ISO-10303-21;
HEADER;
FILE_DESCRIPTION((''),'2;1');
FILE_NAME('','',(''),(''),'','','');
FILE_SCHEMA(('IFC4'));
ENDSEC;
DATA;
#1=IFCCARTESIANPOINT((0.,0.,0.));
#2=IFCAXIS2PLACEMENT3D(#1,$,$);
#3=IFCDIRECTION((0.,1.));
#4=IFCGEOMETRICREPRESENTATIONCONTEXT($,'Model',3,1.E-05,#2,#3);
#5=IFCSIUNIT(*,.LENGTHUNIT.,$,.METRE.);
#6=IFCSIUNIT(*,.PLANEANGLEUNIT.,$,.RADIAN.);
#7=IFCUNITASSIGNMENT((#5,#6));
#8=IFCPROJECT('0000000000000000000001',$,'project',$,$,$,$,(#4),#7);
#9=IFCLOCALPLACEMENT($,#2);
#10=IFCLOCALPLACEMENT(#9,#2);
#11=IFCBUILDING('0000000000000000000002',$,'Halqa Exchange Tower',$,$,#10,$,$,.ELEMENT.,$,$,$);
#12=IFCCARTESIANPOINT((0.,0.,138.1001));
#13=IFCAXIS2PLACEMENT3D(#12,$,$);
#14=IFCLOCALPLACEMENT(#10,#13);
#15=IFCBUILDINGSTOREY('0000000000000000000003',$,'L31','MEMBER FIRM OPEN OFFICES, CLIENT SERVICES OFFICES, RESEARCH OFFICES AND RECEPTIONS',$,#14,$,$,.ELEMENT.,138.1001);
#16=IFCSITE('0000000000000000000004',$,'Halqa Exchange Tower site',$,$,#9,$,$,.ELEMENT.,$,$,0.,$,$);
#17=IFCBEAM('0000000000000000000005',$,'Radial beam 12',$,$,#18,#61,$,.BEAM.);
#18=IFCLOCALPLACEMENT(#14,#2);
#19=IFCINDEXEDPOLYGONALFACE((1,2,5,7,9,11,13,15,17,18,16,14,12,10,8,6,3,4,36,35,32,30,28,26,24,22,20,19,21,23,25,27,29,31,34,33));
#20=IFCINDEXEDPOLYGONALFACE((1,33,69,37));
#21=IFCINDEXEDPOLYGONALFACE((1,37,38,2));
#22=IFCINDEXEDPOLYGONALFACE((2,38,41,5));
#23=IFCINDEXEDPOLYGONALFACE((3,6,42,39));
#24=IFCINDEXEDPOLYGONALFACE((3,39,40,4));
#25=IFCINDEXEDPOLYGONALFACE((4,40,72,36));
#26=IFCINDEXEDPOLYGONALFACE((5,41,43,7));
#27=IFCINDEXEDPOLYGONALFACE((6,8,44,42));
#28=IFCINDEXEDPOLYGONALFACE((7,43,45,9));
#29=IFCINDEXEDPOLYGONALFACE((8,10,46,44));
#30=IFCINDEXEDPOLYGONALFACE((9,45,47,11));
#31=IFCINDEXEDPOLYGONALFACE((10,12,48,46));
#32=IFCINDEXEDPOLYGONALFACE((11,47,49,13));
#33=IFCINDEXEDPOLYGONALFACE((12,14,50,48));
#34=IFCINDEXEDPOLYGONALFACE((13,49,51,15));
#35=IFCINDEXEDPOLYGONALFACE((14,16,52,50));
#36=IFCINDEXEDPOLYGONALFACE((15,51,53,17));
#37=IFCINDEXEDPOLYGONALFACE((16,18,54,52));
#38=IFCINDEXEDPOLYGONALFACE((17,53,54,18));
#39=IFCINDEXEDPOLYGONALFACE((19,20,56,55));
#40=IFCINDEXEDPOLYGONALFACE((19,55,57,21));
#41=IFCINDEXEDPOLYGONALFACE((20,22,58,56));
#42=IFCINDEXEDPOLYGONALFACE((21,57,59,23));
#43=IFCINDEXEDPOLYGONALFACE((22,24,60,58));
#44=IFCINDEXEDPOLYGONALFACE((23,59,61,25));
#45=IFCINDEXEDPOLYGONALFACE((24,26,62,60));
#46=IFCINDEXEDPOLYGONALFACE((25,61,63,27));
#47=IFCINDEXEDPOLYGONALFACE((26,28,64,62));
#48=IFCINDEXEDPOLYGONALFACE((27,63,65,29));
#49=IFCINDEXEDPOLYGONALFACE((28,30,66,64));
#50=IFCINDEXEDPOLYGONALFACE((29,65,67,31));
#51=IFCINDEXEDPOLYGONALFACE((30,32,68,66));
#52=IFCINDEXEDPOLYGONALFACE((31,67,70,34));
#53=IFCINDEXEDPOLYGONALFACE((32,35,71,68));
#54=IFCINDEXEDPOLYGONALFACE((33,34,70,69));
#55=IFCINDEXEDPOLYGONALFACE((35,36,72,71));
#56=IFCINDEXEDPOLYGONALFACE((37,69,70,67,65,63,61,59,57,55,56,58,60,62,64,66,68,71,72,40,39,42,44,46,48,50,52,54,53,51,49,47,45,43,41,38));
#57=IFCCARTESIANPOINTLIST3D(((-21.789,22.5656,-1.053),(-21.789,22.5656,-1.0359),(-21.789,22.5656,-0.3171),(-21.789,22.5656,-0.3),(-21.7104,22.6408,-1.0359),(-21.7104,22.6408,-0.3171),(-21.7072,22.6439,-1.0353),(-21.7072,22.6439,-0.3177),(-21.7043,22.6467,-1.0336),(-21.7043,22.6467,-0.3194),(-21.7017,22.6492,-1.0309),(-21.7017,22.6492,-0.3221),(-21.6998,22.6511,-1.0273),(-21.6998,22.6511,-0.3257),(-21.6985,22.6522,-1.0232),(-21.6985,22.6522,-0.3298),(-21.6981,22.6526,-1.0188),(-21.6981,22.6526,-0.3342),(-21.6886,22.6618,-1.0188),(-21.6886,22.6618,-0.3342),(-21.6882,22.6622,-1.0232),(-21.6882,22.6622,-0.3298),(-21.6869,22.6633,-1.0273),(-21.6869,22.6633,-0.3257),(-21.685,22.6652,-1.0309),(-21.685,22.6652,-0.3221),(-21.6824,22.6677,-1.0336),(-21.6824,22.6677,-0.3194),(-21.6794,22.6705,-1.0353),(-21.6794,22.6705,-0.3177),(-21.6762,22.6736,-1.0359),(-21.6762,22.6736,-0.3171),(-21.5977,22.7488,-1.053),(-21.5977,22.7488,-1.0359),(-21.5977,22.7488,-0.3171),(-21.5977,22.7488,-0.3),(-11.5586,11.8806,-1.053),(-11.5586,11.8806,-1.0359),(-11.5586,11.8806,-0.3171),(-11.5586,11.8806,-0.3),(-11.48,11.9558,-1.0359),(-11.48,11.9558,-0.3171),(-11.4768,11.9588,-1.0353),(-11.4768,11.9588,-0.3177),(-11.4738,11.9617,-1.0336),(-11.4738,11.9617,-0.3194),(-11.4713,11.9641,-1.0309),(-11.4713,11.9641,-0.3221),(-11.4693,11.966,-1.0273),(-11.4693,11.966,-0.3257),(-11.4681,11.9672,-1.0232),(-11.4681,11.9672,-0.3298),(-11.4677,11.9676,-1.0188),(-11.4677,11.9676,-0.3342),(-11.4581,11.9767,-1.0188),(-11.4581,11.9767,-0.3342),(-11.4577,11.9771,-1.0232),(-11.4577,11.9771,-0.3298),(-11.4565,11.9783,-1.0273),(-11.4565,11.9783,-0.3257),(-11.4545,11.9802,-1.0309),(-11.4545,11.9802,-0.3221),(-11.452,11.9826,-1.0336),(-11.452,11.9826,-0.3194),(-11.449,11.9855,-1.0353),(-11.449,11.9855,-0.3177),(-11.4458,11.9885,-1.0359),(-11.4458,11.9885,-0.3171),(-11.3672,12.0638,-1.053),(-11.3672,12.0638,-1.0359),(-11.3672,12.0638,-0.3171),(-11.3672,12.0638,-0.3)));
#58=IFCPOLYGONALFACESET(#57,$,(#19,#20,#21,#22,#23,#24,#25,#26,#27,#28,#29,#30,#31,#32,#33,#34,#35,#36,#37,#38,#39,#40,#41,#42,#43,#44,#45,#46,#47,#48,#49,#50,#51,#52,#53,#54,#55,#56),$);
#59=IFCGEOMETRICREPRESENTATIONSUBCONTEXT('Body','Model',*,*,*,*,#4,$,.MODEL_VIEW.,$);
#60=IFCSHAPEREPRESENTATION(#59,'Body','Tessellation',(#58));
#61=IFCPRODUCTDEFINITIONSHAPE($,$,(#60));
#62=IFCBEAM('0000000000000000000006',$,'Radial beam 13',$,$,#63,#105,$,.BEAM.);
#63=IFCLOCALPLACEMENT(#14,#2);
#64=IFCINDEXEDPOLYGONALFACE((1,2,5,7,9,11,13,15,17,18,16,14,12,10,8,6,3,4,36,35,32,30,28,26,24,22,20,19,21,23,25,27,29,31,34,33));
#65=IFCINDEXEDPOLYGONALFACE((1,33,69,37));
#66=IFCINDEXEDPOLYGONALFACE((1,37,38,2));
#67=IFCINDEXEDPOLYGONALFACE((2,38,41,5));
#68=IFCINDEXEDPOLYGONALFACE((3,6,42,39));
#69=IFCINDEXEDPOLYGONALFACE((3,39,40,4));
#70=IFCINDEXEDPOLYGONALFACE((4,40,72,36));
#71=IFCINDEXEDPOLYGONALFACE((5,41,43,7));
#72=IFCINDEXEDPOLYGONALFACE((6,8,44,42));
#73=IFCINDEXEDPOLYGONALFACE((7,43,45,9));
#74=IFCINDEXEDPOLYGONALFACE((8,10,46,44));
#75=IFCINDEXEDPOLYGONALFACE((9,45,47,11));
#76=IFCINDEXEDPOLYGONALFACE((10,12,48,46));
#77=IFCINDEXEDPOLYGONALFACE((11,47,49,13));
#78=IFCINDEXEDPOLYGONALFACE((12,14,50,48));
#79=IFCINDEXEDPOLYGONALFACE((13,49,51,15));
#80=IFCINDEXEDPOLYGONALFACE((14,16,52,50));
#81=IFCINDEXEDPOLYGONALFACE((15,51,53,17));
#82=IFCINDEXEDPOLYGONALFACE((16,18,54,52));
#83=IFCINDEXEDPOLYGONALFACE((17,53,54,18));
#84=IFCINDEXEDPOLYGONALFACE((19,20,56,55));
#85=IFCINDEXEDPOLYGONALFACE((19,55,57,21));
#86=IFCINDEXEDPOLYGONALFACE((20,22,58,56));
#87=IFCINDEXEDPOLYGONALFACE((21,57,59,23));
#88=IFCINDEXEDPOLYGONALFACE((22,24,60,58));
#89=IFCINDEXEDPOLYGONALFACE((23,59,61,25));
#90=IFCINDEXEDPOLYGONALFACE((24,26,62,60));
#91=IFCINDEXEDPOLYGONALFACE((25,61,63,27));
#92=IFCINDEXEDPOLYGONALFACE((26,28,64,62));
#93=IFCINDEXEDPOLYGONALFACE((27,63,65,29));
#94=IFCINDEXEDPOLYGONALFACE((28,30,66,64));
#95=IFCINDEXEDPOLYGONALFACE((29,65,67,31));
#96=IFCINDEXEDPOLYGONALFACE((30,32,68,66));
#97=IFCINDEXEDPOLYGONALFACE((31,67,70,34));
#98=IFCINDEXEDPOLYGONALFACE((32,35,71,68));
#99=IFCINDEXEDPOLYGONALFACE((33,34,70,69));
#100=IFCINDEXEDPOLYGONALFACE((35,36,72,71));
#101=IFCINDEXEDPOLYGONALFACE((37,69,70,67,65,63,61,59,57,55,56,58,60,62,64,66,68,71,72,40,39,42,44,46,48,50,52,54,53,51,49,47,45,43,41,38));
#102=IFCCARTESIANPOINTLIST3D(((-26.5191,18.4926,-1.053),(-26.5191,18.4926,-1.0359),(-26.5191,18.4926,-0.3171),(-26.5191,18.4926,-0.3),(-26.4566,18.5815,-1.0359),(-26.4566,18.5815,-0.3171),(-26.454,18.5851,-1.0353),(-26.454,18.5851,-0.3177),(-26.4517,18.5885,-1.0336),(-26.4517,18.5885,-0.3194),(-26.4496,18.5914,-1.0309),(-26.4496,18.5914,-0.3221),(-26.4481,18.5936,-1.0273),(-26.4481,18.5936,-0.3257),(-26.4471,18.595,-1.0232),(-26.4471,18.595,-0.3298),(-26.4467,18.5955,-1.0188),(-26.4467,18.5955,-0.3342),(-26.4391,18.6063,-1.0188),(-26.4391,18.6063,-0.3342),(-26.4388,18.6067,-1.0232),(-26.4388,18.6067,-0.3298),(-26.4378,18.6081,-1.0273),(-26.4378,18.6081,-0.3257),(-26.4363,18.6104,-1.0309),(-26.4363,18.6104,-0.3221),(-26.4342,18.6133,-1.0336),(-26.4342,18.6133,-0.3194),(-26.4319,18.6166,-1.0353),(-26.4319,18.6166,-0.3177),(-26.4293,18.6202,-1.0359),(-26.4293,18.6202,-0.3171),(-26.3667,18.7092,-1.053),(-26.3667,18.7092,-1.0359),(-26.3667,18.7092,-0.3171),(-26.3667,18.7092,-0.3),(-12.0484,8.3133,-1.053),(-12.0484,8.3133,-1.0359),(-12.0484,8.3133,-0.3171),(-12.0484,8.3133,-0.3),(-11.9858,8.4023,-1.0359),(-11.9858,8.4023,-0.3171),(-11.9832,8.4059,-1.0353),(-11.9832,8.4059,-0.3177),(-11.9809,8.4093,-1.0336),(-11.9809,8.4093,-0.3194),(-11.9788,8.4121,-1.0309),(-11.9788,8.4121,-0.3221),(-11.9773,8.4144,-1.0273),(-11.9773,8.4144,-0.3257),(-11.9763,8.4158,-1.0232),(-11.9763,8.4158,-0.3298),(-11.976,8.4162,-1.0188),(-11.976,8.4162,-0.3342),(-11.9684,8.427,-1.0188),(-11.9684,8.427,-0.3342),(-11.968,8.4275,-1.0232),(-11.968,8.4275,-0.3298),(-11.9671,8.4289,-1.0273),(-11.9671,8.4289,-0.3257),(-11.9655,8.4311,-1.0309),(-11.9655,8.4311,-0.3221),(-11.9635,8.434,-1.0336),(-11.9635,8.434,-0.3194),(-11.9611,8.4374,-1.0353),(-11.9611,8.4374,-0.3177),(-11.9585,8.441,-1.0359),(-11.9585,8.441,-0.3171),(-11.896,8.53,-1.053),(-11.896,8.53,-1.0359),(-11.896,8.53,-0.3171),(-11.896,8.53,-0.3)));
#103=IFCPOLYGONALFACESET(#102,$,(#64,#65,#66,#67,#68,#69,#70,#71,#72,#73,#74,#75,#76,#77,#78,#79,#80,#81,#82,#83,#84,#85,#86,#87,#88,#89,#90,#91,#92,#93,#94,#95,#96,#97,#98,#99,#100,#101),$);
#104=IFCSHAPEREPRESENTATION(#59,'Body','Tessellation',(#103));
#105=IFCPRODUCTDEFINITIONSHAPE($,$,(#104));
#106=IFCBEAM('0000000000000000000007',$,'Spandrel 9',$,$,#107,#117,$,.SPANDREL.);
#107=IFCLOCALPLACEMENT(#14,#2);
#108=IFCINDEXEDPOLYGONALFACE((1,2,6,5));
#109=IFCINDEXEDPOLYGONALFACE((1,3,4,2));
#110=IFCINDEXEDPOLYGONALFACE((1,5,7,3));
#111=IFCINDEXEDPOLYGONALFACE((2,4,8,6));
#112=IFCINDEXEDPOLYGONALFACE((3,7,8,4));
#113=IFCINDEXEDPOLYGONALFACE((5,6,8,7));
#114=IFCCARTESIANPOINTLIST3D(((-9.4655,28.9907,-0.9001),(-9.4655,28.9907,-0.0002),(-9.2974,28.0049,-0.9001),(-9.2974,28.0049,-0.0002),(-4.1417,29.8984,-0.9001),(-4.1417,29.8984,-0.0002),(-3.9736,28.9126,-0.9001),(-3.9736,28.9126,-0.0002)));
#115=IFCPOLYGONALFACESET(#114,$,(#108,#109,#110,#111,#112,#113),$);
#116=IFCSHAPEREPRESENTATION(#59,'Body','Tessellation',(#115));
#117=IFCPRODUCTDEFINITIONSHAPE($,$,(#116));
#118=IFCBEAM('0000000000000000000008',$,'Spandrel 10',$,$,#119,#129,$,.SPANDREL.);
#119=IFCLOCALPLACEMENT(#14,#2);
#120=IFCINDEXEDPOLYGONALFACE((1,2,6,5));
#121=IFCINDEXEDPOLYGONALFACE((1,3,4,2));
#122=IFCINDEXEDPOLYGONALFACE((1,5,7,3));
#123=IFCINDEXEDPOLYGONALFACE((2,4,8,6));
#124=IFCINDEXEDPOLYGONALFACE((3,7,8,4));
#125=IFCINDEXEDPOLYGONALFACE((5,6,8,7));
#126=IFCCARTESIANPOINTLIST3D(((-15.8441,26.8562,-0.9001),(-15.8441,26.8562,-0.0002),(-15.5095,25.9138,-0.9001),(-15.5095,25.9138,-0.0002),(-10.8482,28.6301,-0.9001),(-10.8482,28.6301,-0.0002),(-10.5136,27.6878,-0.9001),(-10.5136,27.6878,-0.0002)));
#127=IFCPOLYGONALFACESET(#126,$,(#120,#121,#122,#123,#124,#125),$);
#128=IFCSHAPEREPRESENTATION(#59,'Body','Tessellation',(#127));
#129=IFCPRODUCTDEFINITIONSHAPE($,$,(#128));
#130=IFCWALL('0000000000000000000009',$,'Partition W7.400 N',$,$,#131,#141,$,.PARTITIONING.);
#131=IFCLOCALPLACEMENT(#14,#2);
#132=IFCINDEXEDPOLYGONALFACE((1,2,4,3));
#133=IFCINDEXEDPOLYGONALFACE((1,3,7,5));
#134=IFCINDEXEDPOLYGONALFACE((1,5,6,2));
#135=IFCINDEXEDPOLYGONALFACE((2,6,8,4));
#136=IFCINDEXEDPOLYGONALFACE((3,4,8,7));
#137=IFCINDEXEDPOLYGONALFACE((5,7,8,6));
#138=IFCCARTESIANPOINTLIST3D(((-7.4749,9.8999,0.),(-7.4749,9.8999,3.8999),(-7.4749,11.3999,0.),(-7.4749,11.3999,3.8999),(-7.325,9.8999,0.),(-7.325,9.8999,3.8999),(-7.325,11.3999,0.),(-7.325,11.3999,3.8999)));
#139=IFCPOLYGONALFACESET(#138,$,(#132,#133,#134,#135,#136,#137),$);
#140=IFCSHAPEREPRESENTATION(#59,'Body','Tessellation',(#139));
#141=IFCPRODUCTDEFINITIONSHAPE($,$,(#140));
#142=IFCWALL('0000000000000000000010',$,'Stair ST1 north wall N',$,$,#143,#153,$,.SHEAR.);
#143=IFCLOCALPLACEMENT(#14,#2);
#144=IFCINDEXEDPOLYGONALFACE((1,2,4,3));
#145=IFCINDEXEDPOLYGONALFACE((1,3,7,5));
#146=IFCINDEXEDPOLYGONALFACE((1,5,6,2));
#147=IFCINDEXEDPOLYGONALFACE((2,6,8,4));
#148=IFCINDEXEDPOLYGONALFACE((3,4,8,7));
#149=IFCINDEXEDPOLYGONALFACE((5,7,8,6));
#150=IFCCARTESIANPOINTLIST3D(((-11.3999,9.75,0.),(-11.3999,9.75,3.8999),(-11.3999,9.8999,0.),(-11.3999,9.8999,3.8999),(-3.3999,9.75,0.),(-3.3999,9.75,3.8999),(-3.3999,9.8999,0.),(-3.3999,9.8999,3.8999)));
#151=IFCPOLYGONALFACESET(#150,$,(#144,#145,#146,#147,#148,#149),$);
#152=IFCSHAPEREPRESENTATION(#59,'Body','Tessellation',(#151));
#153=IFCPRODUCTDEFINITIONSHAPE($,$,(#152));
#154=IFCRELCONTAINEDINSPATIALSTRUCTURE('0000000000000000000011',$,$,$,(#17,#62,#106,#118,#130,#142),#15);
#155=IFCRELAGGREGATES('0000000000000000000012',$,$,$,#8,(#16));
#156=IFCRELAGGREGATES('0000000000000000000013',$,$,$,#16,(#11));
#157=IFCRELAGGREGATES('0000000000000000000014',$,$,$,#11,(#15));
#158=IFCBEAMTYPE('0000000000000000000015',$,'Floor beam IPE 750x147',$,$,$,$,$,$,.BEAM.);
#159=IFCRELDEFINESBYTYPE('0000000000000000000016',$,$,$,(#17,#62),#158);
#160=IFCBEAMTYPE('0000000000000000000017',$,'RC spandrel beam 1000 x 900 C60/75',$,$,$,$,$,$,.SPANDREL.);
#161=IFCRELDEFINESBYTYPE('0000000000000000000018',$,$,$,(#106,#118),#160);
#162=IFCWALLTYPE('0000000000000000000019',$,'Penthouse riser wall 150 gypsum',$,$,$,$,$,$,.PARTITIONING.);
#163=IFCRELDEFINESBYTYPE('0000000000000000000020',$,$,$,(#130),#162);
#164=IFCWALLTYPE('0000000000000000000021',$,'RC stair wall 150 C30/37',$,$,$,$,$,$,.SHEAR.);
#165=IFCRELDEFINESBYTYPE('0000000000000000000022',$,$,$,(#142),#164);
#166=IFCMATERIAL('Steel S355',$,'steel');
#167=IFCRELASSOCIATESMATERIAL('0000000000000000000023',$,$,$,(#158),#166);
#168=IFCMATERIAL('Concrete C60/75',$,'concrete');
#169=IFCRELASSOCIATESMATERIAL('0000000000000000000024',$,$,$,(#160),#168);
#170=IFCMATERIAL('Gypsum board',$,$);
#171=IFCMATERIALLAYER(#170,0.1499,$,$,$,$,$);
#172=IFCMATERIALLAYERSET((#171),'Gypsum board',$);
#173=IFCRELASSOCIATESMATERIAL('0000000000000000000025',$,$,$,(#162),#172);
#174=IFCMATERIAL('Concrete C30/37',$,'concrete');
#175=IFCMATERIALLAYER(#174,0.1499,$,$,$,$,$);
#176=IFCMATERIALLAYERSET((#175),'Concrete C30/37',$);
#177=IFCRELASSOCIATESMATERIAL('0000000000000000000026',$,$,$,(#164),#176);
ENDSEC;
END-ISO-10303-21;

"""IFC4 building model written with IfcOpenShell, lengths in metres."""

from ifc_helpers import new_model, si_unit, direction, frame, frame_2d, origin, origin_2d, place, context, subcontext, project, spatial, rectangle, i_section, extrude, material, layer, layer_set, material_profile, profile_set, type_object, element, save


model = new_model("IFC4")

# Units and contexts
model_context = context("Model", 3, precision=1e-05, world=origin(), true_north=direction((0.0, 1.0)))
body_context = subcontext(model_context, "Body", "Model", "MODEL_VIEW")
ifc_project = project(units=[si_unit("LENGTHUNIT", "METRE"), si_unit("PLANEANGLEUNIT", "RADIAN")], contexts=[model_context])

# Site, building, storey
site_placement = place(None, origin())
site = spatial("IfcSite", under=ifc_project, at=site_placement, Name="Halqa Exchange Tower site", CompositionType="ELEMENT", RefElevation=0.0)
building_placement = place(site_placement, origin())
building = spatial("IfcBuilding", under=site, at=building_placement, Name="Halqa Exchange Tower", CompositionType="ELEMENT")
storey_placement = place(building_placement, frame((0.0, 0.0, 138.1001)))
storey = spatial("IfcBuildingStorey", under=building, at=storey_placement, Name="L31", Description="MEMBER FIRM OPEN OFFICES, CLIENT SERVICES OFFICES, RESEARCH OFFICES AND RECEPTIONS", CompositionType="ELEMENT", Elevation=138.1001)

# Beams
ifc_material_1 = material(Name="Steel S355", Category="steel")
ifc_material_profile_1 = material_profile(ifc_material_1, i_section(OverallWidth=0.2649, OverallDepth=0.7529, WebThickness=0.0132, FlangeThickness=0.0171, FilletRadius=0.0171, at=origin_2d()), Name="IPE 750x147")
ifc_profile_set_1 = profile_set([ifc_material_profile_1], Name="Steel S355")
beam_type_1 = type_object("IfcBeamType", Name="Floor beam IPE 750x147", PredefinedType="BEAM", material=ifc_profile_set_1)
beam_1_placement = place(storey_placement, frame((-11.4629, 11.9722, -0.6765), z_axis=(-0.691575, 0.722305, 0.0), x_axis=(-0.722305, -0.691575, 0.0)))
element("IfcBeam", 1, at=beam_1_placement, inside=storey, type_object=beam_type_1, Name="Radial beam 12", PredefinedType="BEAM", context=body_context, shape_type="SweptSolid", body=[
    extrude(i_section(OverallWidth=0.2649, OverallDepth=0.7529, WebThickness=0.0132, FlangeThickness=0.0171, FilletRadius=0.0171, at=origin_2d()), origin(), (0.0, 0.0, 1.0), 14.793),
])
beam_2_placement = place(storey_placement, frame((-11.9722, 8.4216, -0.6765), z_axis=(-0.81791, 0.575346, 0.0), x_axis=(-0.575346, -0.81791, 0.0)))
element("IfcBeam", 2, at=beam_2_placement, inside=storey, type_object=beam_type_1, Name="Radial beam 13", PredefinedType="BEAM", context=body_context, shape_type="SweptSolid", body=[
    extrude(i_section(OverallWidth=0.2649, OverallDepth=0.7529, WebThickness=0.0132, FlangeThickness=0.0171, FilletRadius=0.0171, at=origin_2d()), origin(), (0.0, 0.0, 1.0), 17.6924),
])
ifc_material_2 = material(Name="Concrete C60/75", Category="concrete")
ifc_material_profile_2 = material_profile(ifc_material_2, rectangle(XDim=1.0, YDim=0.8999, at=origin_2d()), Name="1000 x 900")
ifc_profile_set_2 = profile_set([ifc_material_profile_2], Name="Concrete C60/75")
beam_type_2 = type_object("IfcBeamType", Name="RC spandrel beam 1000 x 900 C60/75", PredefinedType="SPANDREL", material=ifc_profile_set_2)
beam_3_placement = place(storey_placement, frame((-4.0576, 29.4055, -0.4502), z_axis=(-0.985774, -0.168078, 0.0), x_axis=(0.168078, -0.985774, 0.0)))
element("IfcBeam", 3, at=beam_3_placement, inside=storey, type_object=beam_type_2, Name="Spandrel 9", PredefinedType="SPANDREL", context=body_context, shape_type="SweptSolid", body=[
    extrude(rectangle(XDim=1.0, YDim=0.8999, at=origin_2d()), origin(), (0.0, 0.0, 1.0), 5.4006),
])
beam_4_placement = place(storey_placement, frame((-10.6809, 28.1589, -0.4502), z_axis=(-0.942356, -0.334612, 0.0), x_axis=(0.334612, -0.942356, 0.0)))
element("IfcBeam", 4, at=beam_4_placement, inside=storey, type_object=beam_type_2, Name="Spandrel 10", PredefinedType="SPANDREL", context=body_context, shape_type="SweptSolid", body=[
    extrude(rectangle(XDim=1.0, YDim=0.8999, at=origin_2d()), origin(), (0.0, 0.0, 1.0), 5.3015),
])

# Walls
ifc_material_3 = material(Name="Gypsum board")
ifc_layer_1 = layer(ifc_material_3, 0.1499)
ifc_layer_set_1 = layer_set([ifc_layer_1], Name="Gypsum board")
wall_type_1 = type_object("IfcWallType", Name="Penthouse riser wall 150 gypsum", PredefinedType="PARTITIONING", material=ifc_layer_set_1)
wall_1_placement = place(storey_placement, frame((-7.3999, 9.8999, 0.0), z_axis=(0.0, 0.0, 1.0), x_axis=(0.0, 1.0, 0.0)))
element("IfcWall", 5, at=wall_1_placement, inside=storey, type_object=wall_type_1, Name="Partition W7.400 N", PredefinedType="PARTITIONING", context=body_context, shape_type="SweptSolid", body=[
    extrude(rectangle(XDim=1.5, YDim=0.1499, at=frame_2d((0.75, 0.0))), origin(), (0.0, 0.0, 1.0), 3.8999),
])
ifc_material_4 = material(Name="Concrete C30/37", Category="concrete")
ifc_layer_2 = layer(ifc_material_4, 0.1499)
ifc_layer_set_2 = layer_set([ifc_layer_2], Name="Concrete C30/37")
wall_type_2 = type_object("IfcWallType", Name="RC stair wall 150 C30/37", PredefinedType="SHEAR", material=ifc_layer_set_2)
wall_2_placement = place(storey_placement, frame((-11.3999, 9.825, 0.0), z_axis=(0.0, 0.0, 1.0), x_axis=(1.0, 0.0, 0.0)))
element("IfcWall", 6, at=wall_2_placement, inside=storey, type_object=wall_type_2, Name="Stair ST1 north wall N", PredefinedType="SHEAR", context=body_context, shape_type="SweptSolid", body=[
    extrude(rectangle(XDim=8.0, YDim=0.1499, at=frame_2d((4.0, 0.0))), origin(), (0.0, 0.0, 1.0), 3.8999),
])

save(model, "model.ifc")
